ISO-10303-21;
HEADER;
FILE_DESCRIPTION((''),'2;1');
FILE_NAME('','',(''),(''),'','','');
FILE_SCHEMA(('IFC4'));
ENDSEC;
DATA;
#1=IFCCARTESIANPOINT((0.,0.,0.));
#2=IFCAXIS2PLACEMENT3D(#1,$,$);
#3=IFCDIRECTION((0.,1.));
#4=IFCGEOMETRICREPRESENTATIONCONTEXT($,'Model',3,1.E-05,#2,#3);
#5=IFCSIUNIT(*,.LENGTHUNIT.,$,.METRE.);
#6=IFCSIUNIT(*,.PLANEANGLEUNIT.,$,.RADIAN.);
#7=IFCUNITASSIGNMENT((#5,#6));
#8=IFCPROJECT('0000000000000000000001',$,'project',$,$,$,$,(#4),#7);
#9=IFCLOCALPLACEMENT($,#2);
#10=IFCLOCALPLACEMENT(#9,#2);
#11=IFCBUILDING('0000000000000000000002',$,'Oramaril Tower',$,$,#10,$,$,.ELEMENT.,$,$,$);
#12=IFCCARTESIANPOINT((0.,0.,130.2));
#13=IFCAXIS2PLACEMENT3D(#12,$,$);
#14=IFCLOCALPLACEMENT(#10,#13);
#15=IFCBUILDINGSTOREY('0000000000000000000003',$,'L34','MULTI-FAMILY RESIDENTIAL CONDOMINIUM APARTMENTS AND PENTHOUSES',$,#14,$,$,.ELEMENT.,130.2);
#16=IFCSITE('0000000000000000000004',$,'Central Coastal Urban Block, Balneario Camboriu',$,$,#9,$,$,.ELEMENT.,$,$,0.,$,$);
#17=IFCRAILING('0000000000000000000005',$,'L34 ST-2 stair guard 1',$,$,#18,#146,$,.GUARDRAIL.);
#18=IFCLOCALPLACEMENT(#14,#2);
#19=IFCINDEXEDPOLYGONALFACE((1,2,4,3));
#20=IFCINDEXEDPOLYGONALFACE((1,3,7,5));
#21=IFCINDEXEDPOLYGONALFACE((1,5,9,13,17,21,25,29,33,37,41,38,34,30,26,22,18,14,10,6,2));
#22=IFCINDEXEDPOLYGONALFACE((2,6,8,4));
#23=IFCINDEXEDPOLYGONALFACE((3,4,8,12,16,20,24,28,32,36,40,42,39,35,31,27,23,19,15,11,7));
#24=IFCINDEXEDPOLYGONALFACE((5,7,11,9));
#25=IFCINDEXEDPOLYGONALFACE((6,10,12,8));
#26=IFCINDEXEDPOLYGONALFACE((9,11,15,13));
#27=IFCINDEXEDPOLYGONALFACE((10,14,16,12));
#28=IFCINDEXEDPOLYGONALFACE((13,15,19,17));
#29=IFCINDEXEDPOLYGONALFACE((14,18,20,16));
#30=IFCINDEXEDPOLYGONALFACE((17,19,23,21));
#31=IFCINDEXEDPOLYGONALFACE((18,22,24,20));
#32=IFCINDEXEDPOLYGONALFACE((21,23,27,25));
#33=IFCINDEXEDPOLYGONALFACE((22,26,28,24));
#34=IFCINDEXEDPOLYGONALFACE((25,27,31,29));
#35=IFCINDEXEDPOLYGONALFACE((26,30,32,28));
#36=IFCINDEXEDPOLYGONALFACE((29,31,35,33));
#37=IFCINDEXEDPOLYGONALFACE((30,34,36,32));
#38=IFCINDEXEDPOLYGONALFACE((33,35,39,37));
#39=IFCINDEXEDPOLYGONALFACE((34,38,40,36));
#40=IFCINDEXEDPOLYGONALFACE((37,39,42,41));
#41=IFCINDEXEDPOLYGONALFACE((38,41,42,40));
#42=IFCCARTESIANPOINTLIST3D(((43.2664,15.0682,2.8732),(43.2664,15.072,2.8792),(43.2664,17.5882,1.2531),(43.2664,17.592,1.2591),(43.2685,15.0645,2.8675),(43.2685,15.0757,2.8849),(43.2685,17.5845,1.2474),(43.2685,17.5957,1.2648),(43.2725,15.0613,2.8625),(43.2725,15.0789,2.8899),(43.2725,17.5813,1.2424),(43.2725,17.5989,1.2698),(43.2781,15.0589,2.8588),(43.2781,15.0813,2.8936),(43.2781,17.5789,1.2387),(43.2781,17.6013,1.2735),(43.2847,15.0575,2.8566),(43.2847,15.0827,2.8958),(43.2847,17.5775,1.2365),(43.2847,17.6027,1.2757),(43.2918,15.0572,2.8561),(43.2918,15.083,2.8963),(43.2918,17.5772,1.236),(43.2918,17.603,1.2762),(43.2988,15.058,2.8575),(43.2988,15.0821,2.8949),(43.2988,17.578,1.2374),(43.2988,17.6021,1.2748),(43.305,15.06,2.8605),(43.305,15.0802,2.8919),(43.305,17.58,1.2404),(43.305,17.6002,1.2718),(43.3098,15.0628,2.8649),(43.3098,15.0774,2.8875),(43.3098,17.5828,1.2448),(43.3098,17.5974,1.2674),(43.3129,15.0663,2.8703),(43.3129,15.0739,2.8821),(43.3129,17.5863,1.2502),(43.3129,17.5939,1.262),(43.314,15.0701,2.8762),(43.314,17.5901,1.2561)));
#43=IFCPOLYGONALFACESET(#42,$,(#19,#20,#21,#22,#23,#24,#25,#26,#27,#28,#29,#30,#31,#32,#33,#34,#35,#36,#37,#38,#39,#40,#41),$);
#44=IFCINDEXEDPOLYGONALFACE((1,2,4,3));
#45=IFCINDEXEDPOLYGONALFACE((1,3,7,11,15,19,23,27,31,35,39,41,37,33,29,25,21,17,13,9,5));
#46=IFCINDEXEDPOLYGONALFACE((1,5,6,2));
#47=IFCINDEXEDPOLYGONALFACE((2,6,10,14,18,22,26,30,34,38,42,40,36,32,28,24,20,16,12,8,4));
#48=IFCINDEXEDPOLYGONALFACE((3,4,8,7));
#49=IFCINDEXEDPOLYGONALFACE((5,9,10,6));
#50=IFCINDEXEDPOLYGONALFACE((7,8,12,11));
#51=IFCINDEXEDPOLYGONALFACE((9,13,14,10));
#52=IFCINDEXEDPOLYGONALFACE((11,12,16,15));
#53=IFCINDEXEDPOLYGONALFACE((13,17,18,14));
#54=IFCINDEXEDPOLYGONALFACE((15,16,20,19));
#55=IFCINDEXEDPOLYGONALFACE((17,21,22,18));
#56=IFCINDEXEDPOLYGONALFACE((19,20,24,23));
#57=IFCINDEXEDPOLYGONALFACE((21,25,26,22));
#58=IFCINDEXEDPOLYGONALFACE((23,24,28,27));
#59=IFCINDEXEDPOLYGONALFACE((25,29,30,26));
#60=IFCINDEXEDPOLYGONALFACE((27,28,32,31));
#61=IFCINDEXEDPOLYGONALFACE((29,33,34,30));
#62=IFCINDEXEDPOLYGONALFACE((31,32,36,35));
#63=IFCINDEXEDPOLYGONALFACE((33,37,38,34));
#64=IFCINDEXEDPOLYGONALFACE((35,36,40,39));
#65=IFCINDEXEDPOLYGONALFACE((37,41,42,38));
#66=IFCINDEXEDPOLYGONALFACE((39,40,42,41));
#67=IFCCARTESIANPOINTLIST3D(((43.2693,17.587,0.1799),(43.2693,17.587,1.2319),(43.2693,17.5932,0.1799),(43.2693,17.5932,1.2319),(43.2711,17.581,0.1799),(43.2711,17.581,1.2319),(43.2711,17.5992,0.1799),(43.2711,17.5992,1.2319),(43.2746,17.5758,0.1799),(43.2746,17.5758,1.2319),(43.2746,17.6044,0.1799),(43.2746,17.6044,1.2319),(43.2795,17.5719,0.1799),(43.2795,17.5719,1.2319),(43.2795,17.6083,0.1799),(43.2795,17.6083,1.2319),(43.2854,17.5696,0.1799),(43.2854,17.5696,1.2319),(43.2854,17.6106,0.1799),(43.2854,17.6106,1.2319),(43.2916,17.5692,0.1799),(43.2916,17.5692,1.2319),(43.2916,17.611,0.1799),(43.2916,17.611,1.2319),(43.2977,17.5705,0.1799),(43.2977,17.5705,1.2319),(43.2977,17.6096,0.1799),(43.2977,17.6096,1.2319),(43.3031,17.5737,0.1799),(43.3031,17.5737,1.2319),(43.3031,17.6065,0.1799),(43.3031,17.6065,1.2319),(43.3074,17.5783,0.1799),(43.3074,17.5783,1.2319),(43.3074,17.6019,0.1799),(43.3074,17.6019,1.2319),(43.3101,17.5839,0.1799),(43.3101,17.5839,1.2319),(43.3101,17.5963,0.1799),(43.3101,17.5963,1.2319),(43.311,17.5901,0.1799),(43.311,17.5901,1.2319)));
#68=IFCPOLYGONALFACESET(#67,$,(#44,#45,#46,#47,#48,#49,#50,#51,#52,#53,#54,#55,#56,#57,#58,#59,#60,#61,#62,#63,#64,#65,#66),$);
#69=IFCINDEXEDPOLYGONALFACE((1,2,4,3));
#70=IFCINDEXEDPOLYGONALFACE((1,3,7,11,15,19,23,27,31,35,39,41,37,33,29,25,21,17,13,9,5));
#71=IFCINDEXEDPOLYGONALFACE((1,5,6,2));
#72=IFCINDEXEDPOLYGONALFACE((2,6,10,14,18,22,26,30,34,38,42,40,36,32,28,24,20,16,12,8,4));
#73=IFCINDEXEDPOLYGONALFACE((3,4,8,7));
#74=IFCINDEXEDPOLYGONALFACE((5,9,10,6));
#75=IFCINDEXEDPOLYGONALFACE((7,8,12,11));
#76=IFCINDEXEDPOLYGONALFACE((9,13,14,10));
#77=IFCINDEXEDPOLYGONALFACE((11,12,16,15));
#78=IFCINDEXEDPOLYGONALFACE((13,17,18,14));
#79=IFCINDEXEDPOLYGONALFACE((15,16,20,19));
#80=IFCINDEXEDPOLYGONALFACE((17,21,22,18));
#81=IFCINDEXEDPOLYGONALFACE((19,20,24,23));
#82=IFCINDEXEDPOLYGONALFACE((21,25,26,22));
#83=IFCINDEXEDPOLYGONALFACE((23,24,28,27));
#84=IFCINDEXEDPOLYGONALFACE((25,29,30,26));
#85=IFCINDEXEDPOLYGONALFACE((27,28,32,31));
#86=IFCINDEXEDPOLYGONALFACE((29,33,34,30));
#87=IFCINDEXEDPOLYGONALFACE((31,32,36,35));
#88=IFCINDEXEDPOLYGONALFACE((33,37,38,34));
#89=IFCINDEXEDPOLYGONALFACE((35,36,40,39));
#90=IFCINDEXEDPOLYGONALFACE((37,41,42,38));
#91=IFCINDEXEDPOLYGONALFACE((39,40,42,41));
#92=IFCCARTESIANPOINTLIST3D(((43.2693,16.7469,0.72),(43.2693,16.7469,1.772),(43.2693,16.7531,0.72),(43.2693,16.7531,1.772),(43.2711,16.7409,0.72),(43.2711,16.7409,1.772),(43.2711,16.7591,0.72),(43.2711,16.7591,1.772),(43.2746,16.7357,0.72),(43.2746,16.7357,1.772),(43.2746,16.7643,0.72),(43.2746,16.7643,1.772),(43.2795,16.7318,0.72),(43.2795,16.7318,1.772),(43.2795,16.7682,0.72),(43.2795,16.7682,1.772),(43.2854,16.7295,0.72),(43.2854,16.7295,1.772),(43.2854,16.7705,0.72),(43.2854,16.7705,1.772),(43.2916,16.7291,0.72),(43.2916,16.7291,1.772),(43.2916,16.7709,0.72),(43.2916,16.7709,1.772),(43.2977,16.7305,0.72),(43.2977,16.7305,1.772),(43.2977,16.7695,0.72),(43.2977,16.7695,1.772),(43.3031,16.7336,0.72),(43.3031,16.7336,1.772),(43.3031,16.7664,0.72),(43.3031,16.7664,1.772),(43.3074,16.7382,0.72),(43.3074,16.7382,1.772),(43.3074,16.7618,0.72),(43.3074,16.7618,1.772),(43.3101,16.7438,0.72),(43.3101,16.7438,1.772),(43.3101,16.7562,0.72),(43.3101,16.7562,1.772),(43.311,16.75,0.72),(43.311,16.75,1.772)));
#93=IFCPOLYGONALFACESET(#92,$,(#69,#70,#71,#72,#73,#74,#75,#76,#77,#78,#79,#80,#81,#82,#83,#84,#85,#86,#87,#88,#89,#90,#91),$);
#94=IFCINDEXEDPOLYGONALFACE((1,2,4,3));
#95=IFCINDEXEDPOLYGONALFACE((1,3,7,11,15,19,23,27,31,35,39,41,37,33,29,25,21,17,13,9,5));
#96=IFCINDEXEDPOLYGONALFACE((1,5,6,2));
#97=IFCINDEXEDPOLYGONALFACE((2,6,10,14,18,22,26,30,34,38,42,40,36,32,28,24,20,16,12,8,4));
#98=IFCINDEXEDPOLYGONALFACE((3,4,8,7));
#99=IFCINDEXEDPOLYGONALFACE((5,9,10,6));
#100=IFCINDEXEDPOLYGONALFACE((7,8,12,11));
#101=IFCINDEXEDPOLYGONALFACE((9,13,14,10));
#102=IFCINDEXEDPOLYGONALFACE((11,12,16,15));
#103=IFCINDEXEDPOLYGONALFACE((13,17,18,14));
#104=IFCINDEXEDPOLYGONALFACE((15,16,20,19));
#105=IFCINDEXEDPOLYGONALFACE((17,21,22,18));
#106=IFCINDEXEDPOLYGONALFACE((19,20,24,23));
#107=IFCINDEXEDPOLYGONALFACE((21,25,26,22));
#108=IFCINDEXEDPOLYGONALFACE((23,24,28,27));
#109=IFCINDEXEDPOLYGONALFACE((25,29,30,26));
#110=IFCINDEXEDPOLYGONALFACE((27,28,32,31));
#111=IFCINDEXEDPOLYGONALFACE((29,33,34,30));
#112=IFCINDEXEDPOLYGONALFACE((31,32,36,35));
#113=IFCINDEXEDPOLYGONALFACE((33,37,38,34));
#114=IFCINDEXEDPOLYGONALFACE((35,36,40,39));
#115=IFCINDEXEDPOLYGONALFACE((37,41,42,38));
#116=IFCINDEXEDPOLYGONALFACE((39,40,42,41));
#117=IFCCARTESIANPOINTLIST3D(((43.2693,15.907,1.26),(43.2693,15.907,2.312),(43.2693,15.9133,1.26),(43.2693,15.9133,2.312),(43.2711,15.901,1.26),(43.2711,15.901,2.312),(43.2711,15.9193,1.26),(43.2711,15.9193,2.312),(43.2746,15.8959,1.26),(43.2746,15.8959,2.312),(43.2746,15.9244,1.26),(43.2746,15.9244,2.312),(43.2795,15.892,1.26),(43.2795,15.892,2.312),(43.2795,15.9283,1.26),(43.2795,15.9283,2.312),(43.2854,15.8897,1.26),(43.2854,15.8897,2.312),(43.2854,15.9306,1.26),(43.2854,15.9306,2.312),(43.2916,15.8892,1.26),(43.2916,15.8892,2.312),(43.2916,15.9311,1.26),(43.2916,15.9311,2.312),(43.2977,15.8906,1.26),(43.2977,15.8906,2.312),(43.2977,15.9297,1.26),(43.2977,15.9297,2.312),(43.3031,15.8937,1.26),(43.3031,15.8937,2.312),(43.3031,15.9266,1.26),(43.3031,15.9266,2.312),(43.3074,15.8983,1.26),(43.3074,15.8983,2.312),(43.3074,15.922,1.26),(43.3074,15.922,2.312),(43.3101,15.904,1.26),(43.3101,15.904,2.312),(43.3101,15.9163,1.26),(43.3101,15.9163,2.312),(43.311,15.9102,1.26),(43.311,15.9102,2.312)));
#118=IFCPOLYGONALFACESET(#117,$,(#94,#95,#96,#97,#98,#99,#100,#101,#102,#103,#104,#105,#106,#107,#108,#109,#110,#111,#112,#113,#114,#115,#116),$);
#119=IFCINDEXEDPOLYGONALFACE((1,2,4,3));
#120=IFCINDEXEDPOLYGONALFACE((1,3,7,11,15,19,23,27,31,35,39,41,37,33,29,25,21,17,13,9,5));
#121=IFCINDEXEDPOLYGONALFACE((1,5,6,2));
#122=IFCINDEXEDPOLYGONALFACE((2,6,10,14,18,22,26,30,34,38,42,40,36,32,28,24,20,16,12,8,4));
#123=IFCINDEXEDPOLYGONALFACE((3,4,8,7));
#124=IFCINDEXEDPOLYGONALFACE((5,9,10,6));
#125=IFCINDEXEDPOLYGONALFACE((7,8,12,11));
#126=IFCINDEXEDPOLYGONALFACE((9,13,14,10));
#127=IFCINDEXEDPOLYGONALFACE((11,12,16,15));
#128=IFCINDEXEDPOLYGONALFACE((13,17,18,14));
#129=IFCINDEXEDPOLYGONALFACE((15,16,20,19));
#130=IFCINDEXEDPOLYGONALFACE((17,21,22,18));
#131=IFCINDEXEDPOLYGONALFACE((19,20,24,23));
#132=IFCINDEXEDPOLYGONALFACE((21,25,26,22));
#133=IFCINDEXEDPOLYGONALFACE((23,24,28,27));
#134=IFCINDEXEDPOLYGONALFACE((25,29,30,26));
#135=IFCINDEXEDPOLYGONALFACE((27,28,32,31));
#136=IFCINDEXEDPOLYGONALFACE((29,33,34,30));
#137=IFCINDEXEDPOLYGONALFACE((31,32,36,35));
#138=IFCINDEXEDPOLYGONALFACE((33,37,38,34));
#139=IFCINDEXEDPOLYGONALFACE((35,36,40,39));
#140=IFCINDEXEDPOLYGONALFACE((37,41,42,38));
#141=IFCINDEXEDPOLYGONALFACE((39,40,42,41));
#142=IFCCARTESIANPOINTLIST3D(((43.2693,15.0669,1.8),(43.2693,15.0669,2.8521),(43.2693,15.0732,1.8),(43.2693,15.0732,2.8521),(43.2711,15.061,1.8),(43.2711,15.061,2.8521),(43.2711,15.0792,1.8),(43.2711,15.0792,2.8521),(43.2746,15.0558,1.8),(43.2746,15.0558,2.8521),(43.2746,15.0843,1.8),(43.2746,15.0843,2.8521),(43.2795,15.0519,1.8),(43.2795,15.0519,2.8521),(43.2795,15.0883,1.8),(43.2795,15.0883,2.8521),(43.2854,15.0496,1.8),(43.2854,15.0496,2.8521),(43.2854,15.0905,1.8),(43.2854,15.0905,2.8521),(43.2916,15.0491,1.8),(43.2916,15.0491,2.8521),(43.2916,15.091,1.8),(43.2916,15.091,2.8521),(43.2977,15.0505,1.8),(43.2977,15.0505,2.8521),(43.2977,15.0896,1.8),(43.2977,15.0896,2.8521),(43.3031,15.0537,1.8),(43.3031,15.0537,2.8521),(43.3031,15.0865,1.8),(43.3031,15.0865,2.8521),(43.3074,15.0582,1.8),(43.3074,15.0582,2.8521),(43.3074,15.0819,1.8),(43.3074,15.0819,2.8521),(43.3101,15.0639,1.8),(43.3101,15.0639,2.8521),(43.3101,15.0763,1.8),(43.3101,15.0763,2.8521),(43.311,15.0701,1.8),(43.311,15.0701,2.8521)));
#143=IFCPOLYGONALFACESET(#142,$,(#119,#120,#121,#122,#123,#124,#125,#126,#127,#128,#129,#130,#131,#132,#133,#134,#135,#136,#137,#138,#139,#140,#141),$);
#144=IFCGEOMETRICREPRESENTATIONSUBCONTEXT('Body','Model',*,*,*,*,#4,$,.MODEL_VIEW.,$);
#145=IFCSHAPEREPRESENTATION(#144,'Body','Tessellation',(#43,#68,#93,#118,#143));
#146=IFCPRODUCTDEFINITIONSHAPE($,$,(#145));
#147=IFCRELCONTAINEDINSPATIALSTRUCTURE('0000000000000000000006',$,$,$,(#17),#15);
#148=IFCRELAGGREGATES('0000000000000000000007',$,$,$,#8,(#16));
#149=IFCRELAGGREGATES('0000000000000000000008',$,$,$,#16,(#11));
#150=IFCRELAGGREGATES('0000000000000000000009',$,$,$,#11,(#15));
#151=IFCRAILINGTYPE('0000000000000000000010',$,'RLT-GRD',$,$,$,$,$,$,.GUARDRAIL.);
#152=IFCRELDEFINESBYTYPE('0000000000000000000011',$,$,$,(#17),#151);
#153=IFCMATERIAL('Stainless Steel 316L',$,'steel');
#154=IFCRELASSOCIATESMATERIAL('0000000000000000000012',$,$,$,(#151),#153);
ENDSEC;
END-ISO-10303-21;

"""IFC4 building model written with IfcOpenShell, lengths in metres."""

from ifc_helpers import new_model, si_unit, direction, frame, origin, origin_2d, place, context, subcontext, project, spatial, circle, extrude, material, type_object, element, save


model = new_model("IFC4")

# Units and contexts
model_context = context("Model", 3, precision=1e-05, world=origin(), true_north=direction((0.0, 1.0)))
body_context = subcontext(model_context, "Body", "Model", "MODEL_VIEW")
ifc_project = project(units=[si_unit("LENGTHUNIT", "METRE"), si_unit("PLANEANGLEUNIT", "RADIAN")], contexts=[model_context])

# Site, building, storey
site_placement = place(None, origin())
site = spatial("IfcSite", under=ifc_project, at=site_placement, Name="Central Coastal Urban Block, Balneario Camboriu", CompositionType="ELEMENT", RefElevation=0.0)
building_placement = place(site_placement, origin())
building = spatial("IfcBuilding", under=site, at=building_placement, Name="Oramaril Tower", CompositionType="ELEMENT")
storey_placement = place(building_placement, frame((0.0, 0.0, 130.2)))
storey = spatial("IfcBuildingStorey", under=building, at=storey_placement, Name="L34", Description="MULTI-FAMILY RESIDENTIAL CONDOMINIUM APARTMENTS AND PENTHOUSES", CompositionType="ELEMENT", Elevation=130.2)

# Railing
ifc_material_1 = material(Name="Stainless Steel 316L", Category="steel")
railing_type_1 = type_object("IfcRailingType", Name="RLT-GRD", PredefinedType="GUARDRAIL", material=ifc_material_1)
railing_1_placement = place(storey_placement, frame((43.29, 17.5901, 0.1799)))
element("IfcRailing", 1, at=railing_1_placement, inside=storey, type_object=railing_type_1, Name="L34 ST-2 stair guard 1", PredefinedType="GUARDRAIL", context=body_context, shape_type="SweptSolid", body=[
    extrude(circle(Radius=0.0239, at=origin_2d()), frame((0.0, 0.0, 1.0762), z_axis=(0.0, -0.841163, 0.540782), x_axis=(1.0, 0.0, 0.0)), (0.0, 0.0, 1.0), 2.9958),
    extrude(circle(Radius=0.021, at=origin_2d()), origin(), (0.0, 0.0, 1.0), 1.052),
    extrude(circle(Radius=0.021, at=origin_2d()), frame((0.0, -0.8401, 0.54)), (0.0, 0.0, 1.0), 1.052),
    extrude(circle(Radius=0.021, at=origin_2d()), frame((0.0, -1.6799, 1.0801)), (0.0, 0.0, 1.0), 1.052),
    extrude(circle(Radius=0.021, at=origin_2d()), frame((0.0, -2.52, 1.6201)), (0.0, 0.0, 1.0), 1.052),
])

save(model, "model.ifc")
